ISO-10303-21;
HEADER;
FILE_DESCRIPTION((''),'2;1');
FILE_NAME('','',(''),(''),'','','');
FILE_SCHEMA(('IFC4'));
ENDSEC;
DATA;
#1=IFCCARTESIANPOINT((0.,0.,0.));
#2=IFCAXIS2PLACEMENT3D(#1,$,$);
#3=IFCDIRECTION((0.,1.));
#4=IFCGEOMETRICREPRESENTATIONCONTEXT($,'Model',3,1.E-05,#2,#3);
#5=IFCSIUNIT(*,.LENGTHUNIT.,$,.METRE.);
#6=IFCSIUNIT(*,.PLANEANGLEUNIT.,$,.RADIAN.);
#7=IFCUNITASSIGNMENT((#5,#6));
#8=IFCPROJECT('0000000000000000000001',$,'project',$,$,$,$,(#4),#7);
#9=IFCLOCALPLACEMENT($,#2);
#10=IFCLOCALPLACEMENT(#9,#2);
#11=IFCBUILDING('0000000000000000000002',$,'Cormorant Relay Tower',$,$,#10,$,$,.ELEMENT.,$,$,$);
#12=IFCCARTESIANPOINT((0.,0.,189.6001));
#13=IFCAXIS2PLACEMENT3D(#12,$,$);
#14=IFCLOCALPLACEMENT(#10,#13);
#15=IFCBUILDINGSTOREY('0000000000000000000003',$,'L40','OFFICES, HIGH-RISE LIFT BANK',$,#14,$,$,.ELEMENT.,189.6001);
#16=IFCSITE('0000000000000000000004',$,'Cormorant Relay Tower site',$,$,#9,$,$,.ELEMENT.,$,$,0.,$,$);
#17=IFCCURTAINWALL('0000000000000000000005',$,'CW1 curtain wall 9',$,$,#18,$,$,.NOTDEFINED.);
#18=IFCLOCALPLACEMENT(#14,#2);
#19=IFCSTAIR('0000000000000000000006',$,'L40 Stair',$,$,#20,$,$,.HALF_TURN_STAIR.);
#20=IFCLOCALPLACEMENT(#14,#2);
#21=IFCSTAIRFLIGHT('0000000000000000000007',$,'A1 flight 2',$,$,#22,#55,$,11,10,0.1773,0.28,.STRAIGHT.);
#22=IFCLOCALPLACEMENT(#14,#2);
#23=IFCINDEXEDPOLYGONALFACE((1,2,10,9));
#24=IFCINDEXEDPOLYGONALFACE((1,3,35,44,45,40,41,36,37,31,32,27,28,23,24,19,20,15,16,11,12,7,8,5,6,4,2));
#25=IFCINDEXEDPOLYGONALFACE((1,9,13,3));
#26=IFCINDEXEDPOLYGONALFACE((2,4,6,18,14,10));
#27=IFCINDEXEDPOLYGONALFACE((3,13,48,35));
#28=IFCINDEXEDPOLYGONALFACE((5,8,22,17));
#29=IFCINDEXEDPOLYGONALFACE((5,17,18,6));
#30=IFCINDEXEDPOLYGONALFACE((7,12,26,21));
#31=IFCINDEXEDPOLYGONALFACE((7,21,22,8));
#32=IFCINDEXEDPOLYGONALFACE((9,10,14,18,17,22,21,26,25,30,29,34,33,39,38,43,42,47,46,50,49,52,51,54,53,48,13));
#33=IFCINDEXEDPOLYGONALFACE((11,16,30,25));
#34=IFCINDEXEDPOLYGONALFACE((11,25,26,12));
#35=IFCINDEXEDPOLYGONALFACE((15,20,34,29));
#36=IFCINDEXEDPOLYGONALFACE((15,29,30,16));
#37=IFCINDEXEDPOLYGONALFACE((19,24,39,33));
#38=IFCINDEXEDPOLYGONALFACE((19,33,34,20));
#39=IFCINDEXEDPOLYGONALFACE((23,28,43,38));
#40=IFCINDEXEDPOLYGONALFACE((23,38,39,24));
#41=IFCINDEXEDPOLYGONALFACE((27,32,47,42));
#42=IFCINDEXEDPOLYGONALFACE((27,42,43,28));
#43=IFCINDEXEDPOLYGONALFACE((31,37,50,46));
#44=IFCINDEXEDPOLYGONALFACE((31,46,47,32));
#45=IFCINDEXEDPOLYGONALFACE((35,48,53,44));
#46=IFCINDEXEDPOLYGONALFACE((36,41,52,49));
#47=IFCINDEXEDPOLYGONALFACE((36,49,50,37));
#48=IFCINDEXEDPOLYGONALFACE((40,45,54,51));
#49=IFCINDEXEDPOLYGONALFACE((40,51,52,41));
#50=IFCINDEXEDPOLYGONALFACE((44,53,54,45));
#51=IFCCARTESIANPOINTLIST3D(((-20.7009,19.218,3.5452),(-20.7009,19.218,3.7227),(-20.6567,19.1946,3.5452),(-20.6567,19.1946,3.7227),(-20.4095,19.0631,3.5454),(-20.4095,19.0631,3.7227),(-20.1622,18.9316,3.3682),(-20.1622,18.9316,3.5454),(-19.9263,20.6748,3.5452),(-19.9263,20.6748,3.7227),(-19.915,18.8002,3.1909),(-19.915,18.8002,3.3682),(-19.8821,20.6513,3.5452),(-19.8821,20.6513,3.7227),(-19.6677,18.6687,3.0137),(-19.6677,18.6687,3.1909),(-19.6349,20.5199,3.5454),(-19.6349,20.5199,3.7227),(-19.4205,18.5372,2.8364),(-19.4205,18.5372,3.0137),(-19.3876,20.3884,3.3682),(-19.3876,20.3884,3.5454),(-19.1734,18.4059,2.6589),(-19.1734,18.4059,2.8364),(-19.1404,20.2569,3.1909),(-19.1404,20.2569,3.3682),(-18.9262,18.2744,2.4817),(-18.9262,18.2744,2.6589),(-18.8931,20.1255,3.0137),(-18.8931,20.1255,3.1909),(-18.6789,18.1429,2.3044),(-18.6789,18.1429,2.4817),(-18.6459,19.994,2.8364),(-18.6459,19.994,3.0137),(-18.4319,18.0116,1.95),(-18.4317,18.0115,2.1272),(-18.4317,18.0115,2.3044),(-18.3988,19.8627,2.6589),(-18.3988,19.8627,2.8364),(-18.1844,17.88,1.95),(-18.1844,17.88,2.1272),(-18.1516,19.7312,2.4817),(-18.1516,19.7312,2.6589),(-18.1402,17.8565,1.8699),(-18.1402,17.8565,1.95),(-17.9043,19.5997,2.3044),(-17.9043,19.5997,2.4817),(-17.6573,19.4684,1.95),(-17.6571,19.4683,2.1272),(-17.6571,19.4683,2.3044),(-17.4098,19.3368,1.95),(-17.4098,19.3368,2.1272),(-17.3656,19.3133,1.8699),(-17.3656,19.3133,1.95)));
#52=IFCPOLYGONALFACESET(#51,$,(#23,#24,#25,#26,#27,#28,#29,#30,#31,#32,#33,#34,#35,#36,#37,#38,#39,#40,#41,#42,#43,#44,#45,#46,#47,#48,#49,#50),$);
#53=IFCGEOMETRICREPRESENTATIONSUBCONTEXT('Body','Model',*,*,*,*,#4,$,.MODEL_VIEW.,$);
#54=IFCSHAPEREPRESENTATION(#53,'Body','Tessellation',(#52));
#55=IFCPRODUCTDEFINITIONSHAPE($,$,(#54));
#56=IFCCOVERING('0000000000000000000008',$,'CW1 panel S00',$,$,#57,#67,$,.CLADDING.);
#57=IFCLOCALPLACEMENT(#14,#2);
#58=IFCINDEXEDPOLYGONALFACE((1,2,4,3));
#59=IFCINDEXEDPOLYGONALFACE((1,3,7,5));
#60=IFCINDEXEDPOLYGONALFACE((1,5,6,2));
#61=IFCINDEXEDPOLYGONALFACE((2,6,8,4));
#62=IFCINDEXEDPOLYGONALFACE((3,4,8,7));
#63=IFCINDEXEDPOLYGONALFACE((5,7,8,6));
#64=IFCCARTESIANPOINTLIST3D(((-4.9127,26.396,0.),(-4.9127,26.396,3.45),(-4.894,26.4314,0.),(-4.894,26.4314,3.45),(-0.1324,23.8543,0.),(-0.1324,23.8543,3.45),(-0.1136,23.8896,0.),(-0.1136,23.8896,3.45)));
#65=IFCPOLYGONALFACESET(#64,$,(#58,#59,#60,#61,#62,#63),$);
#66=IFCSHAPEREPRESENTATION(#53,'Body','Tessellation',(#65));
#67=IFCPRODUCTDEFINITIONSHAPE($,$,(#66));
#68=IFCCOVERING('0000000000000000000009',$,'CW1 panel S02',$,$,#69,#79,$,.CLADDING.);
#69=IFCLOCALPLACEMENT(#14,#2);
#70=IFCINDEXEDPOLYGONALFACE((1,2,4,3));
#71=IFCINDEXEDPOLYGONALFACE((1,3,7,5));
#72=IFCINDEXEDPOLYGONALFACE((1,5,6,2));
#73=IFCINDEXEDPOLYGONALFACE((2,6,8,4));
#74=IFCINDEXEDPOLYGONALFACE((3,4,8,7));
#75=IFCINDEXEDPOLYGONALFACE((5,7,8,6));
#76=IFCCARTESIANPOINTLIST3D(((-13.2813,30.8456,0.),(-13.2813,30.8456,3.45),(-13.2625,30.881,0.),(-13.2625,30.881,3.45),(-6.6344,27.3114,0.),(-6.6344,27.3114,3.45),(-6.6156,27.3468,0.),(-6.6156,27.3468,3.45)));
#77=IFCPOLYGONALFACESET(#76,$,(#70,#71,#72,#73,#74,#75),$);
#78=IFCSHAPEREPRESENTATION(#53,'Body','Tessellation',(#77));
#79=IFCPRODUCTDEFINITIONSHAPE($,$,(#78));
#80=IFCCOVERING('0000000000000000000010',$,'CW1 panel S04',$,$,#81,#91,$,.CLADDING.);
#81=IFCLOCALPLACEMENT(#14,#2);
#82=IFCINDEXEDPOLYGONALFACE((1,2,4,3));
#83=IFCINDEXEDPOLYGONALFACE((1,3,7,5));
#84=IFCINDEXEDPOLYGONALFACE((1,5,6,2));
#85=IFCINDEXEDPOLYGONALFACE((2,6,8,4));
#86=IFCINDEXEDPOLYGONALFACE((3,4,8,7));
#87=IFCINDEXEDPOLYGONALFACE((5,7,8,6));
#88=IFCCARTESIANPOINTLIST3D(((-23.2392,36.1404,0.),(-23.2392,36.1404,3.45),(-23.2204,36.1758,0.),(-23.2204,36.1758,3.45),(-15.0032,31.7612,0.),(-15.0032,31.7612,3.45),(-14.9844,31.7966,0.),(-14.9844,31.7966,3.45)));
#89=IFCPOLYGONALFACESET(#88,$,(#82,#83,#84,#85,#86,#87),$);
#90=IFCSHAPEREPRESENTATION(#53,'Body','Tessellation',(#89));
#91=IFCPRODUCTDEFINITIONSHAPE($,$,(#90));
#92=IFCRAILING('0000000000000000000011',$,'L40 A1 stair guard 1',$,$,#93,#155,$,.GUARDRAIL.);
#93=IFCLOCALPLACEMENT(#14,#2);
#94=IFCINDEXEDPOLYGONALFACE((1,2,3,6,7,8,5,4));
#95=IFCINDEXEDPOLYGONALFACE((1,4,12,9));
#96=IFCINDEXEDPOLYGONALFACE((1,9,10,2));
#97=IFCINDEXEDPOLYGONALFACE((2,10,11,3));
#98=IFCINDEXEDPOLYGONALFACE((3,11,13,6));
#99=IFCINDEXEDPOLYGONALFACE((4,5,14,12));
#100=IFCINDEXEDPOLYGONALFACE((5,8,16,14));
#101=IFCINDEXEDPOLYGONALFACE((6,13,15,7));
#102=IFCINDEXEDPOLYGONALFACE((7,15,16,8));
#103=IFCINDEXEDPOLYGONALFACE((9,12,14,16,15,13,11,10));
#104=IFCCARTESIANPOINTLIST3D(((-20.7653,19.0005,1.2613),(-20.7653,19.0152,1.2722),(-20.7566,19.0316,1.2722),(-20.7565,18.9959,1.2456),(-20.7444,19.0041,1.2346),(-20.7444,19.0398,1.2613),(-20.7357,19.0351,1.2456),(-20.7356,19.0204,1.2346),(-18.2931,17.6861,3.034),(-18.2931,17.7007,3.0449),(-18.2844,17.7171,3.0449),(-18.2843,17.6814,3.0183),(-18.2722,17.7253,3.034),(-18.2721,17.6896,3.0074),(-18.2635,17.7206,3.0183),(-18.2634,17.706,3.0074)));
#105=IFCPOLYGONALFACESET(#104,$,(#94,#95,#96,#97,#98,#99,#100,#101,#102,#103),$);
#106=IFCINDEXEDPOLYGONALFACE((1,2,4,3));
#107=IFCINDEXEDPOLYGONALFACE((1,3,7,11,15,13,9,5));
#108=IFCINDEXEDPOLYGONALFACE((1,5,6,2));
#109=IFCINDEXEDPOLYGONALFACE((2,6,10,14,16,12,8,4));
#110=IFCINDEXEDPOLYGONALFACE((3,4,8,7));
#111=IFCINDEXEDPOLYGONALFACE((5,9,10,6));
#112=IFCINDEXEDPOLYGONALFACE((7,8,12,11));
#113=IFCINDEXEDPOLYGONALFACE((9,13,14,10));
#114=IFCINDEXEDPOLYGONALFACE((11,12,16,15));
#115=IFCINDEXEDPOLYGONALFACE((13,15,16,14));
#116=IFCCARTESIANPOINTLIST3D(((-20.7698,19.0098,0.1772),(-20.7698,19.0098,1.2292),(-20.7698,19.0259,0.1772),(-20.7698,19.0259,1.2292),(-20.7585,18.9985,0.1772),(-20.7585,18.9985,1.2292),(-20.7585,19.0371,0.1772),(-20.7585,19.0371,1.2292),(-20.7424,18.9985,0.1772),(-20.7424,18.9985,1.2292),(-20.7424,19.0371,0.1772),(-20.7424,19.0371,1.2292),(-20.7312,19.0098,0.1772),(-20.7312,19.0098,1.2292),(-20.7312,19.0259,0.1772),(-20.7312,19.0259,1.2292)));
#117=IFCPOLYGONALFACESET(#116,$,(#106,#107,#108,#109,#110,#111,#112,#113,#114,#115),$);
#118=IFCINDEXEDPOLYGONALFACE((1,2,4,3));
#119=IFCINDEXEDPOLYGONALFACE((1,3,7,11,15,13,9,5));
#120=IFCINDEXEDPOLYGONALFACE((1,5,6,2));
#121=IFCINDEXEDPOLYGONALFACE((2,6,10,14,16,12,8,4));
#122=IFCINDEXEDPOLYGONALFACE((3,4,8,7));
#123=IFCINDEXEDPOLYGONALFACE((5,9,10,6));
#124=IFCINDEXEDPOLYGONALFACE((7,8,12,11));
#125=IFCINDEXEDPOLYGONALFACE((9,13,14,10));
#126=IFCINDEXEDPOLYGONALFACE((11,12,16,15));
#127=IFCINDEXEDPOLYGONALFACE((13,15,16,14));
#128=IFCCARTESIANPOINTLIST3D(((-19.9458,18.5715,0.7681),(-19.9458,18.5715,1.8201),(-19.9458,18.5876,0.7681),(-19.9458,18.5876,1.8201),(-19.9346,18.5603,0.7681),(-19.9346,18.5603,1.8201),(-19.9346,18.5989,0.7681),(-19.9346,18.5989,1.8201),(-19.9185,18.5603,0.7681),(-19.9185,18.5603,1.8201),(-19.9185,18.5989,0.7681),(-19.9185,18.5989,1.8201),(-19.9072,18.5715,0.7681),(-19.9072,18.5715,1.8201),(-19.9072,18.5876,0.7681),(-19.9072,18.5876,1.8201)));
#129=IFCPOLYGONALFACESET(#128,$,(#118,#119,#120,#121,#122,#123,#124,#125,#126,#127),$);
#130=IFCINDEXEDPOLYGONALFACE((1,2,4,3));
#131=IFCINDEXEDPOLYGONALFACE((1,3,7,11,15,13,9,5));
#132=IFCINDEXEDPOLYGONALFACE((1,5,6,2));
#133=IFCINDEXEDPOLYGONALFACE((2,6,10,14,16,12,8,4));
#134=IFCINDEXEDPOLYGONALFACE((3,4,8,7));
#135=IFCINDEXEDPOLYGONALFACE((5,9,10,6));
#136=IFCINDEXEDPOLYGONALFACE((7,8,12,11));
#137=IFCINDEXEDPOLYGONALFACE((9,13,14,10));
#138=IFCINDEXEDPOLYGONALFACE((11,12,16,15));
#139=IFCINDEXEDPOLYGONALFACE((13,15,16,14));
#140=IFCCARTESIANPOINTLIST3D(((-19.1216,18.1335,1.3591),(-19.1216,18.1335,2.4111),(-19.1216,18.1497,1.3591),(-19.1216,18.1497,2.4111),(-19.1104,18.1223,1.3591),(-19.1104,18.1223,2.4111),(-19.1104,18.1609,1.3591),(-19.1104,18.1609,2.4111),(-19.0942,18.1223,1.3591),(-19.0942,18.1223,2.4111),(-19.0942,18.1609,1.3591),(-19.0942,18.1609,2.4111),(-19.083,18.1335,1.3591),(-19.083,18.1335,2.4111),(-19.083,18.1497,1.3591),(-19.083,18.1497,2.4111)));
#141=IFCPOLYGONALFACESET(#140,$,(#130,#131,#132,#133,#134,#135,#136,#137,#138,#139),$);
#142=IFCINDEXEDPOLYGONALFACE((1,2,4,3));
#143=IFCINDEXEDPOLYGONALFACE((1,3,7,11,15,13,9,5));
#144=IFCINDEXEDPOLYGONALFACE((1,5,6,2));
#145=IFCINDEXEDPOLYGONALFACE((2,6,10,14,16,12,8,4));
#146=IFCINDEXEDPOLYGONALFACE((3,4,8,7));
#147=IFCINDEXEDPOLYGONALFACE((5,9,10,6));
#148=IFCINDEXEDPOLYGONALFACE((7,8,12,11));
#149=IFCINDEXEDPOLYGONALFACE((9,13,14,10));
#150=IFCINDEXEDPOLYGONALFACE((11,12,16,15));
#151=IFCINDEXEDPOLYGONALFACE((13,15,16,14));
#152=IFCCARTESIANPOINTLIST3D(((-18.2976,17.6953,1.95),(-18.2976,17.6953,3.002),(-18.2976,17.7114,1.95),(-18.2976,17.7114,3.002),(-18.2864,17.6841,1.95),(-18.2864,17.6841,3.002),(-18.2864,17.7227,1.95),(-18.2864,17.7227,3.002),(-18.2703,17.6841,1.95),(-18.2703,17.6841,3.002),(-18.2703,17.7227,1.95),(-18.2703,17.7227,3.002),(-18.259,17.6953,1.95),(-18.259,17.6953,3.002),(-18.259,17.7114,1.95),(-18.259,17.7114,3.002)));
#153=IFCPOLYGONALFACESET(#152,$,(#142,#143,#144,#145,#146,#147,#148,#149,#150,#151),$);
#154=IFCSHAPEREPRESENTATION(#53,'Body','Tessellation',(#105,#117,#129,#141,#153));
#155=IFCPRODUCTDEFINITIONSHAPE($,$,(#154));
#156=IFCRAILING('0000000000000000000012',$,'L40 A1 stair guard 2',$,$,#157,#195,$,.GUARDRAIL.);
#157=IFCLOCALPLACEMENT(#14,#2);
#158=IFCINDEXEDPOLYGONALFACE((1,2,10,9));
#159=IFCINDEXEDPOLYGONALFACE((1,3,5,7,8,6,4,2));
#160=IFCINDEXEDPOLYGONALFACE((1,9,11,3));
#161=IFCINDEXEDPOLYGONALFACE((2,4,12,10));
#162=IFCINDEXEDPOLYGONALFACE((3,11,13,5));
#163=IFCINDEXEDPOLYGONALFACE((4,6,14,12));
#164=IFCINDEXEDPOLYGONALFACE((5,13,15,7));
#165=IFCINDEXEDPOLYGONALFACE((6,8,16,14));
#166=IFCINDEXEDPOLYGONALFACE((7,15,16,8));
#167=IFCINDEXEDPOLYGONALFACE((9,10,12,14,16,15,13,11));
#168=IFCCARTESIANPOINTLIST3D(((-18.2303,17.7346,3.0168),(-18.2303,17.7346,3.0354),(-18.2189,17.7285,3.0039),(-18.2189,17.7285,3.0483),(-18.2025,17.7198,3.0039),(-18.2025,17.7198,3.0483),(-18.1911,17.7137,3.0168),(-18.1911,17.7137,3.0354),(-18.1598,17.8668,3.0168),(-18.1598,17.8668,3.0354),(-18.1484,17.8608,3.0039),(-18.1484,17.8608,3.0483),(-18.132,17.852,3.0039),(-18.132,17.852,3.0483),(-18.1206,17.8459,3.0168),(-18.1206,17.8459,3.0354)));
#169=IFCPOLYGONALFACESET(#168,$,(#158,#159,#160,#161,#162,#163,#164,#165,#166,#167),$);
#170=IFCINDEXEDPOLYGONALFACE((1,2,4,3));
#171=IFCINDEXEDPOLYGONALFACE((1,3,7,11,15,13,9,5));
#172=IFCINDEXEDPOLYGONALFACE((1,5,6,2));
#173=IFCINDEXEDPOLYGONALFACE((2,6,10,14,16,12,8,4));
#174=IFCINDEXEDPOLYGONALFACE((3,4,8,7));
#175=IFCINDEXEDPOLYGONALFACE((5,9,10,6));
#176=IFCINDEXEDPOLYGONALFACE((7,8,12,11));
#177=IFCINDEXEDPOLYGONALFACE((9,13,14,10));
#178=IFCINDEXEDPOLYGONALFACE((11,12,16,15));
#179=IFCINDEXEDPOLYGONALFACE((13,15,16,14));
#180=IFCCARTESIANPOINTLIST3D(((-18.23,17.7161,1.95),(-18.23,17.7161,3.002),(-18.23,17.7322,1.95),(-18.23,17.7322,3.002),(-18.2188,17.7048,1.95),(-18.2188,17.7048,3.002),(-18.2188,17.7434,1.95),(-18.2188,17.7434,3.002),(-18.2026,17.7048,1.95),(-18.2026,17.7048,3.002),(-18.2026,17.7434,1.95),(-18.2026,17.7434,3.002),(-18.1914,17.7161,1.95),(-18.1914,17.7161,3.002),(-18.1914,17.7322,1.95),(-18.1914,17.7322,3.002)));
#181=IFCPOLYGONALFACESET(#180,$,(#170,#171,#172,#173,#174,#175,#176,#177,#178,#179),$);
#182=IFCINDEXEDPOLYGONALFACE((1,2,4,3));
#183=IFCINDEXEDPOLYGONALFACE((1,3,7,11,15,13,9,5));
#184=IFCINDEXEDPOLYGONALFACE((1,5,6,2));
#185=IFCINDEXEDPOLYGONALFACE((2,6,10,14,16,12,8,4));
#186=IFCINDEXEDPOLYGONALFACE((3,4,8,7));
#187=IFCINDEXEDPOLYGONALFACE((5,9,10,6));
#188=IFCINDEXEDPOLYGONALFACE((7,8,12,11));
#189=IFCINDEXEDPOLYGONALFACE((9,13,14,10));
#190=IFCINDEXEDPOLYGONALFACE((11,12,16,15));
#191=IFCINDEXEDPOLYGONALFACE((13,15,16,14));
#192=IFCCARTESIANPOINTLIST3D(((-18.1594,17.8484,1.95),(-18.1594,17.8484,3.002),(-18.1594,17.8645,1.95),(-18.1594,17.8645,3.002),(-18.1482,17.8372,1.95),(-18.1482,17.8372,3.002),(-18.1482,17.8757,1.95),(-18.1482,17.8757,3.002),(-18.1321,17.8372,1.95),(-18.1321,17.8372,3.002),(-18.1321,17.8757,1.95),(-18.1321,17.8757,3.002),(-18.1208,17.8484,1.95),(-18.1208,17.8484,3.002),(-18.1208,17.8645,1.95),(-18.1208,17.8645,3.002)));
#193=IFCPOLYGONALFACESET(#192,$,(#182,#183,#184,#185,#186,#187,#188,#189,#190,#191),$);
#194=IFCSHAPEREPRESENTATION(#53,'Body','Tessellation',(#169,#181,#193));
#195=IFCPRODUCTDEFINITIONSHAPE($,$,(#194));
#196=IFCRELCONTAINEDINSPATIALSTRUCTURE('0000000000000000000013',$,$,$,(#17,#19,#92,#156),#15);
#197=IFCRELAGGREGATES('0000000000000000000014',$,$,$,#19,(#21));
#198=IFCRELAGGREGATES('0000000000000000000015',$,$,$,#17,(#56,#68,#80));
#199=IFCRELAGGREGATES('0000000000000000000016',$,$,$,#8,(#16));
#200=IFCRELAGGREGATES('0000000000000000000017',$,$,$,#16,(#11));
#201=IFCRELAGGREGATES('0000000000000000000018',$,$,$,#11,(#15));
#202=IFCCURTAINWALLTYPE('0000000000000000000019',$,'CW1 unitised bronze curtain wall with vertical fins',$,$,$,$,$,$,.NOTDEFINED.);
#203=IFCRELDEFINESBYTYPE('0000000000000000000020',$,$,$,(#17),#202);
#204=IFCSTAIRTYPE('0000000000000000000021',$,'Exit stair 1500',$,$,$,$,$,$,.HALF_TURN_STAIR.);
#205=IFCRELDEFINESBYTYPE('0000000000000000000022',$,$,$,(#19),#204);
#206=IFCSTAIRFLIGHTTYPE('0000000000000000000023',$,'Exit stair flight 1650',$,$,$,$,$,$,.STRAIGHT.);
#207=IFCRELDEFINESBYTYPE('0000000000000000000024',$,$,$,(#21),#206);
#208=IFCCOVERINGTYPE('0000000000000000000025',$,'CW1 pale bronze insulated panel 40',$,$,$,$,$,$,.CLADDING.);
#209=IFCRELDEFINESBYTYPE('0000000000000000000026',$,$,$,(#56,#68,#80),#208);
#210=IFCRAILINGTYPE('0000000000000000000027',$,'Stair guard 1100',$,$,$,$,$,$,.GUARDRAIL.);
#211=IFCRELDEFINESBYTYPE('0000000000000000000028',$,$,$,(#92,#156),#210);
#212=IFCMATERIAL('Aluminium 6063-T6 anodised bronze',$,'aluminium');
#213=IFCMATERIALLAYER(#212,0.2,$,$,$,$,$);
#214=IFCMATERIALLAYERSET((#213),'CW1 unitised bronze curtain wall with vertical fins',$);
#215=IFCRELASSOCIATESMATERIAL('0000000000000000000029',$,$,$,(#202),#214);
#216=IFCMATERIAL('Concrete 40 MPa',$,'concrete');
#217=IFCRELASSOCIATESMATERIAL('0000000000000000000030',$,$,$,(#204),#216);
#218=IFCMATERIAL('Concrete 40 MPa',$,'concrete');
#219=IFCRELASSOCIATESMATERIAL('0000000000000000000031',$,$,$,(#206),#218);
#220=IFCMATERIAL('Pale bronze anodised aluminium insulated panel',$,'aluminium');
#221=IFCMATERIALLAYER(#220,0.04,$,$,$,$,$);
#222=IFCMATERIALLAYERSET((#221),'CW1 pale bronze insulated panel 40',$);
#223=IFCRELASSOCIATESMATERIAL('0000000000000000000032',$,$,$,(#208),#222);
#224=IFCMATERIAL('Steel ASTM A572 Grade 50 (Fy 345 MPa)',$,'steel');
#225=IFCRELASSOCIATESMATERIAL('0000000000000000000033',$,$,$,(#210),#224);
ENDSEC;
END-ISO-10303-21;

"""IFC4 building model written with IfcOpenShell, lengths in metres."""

from ifc_helpers import new_model, si_unit, direction, frame, origin, origin_2d, place, context, subcontext, project, spatial, polyline, rectangle, outline, extrude, material, layer, layer_set, type_object, element, aggregate, save


model = new_model("IFC4")

# Units and contexts
model_context = context("Model", 3, precision=1e-05, world=origin(), true_north=direction((0.0, 1.0)))
body_context = subcontext(model_context, "Body", "Model", "MODEL_VIEW")
ifc_project = project(units=[si_unit("LENGTHUNIT", "METRE"), si_unit("PLANEANGLEUNIT", "RADIAN")], contexts=[model_context])

# Site, building, storey
site_placement = place(None, origin())
site = spatial("IfcSite", under=ifc_project, at=site_placement, Name="Cormorant Relay Tower site", CompositionType="ELEMENT", RefElevation=0.0)
building_placement = place(site_placement, origin())
building = spatial("IfcBuilding", under=site, at=building_placement, Name="Cormorant Relay Tower", CompositionType="ELEMENT")
storey_placement = place(building_placement, frame((0.0, 0.0, 189.6001)))
storey = spatial("IfcBuildingStorey", under=building, at=storey_placement, Name="L40", Description="OFFICES, HIGH-RISE LIFT BANK", CompositionType="ELEMENT", Elevation=189.6001)

# Curtain wall
ifc_material_1 = material(Name="Aluminium 6063-T6 anodised bronze", Category="aluminium")
ifc_layer_1 = layer(ifc_material_1, 0.2)
ifc_layer_set_1 = layer_set([ifc_layer_1], Name="CW1 unitised bronze curtain wall with vertical fins")
curtain_wall_type = type_object("IfcCurtainWallType", Name="CW1 unitised bronze curtain wall with vertical fins", PredefinedType="NOTDEFINED", material=ifc_layer_set_1)
curtain_wall_placement = place(storey_placement, origin())
curtain_wall = element("IfcCurtainWall", 1, at=curtain_wall_placement, inside=storey, type_object=curtain_wall_type, Name="CW1 curtain wall 9", PredefinedType="NOTDEFINED")

# Stair, stair flight
ifc_material_2 = material(Name="Concrete 40 MPa", Category="concrete")
stair_type = type_object("IfcStairType", Name="Exit stair 1500", PredefinedType="HALF_TURN_STAIR", material=ifc_material_2)
stair_placement = place(storey_placement, origin())
stair = element("IfcStair", 2, at=stair_placement, inside=storey, type_object=stair_type, Name="L40 Stair", PredefinedType="HALF_TURN_STAIR")
ifc_material_3 = material(Name="Concrete 40 MPa", Category="concrete")
stair_flight_type = type_object("IfcStairFlightType", Name="Exit stair flight 1650", PredefinedType="STRAIGHT", material=ifc_material_3)
stair_flight_placement = place(storey_placement, frame((-17.7971, 18.6084, 1.95), z_axis=(0.0, 0.0, 1.0), x_axis=(-0.882948, 0.469472, 0.0)))
stair_flight = element("IfcStairFlight", 3, at=stair_flight_placement, type_object=stair_flight_type, Name="A1 flight 2", NumberOfRisers=11, NumberOfTreads=10, PredefinedType="STRAIGHT", RiserHeight=0.1773, TreadLength=0.28, context=body_context, shape_type="SweptSolid", body=[
    extrude(outline(polyline([(-0.05, -0.0801), (-0.05, 0.0), (0.0, 0.0), (0.0, 0.1772), (0.28, 0.1772), (0.28, 0.3545), (0.5601, 0.3545), (0.5601, 0.5317), (0.8401, 0.5317), (0.8401, 0.709), (1.1201, 0.709), (1.1201, 0.8865), (1.3999, 0.8865), (1.3999, 1.0637), (1.6799, 1.0637), (1.6799, 1.241), (1.96, 1.241), (1.96, 1.4182), (2.24, 1.4182), (2.24, 1.5955), (2.52, 1.5955), (2.52, 1.7727), (2.8, 1.7727), (2.8501, 1.7727), (2.8501, 1.5952), (2.8, 1.5952), (0.2803, 0.0), (-0.05, -0.0801)])), frame((0.0, 0.825, 0.0), z_axis=(0.0, -1.0, 0.0), x_axis=(1.0, 0.0, 0.0)), (0.0, 0.0, 1.0), 1.6499),
])
aggregate(stair, [stair_flight])

# Coverings
ifc_material_4 = material(Name="Pale bronze anodised aluminium insulated panel", Category="aluminium")
ifc_layer_2 = layer(ifc_material_4, 0.04)
ifc_layer_set_2 = layer_set([ifc_layer_2], Name="CW1 pale bronze insulated panel 40")
covering_type = type_object("IfcCoveringType", Name="CW1 pale bronze insulated panel 40", PredefinedType="CLADDING", material=ifc_layer_set_2)
covering_1_placement = place(storey_placement, frame((-2.5132, 25.1428, 0.0), z_axis=(0.0, 0.0, 1.0), x_axis=(-0.882948, 0.469472, 0.0)))
covering_1 = element("IfcCovering", 4, at=covering_1_placement, type_object=covering_type, Name="CW1 panel S00", PredefinedType="CLADDING", context=body_context, shape_type="SweptSolid", body=[
    extrude(rectangle(XDim=5.4141, YDim=0.04, at=origin_2d()), origin(), (0.0, 0.0, 1.0), 3.45),
])
covering_2_placement = place(storey_placement, frame((-9.9485, 29.0962, 0.0), z_axis=(0.0, 0.0, 1.0), x_axis=(-0.882948, 0.469472, 0.0)))
covering_2 = element("IfcCovering", 5, at=covering_2_placement, type_object=covering_type, Name="CW1 panel S02", PredefinedType="CLADDING", context=body_context, shape_type="SweptSolid", body=[
    extrude(rectangle(XDim=7.5281, YDim=0.04, at=origin_2d()), origin(), (0.0, 0.0, 1.0), 3.45),
])
covering_3_placement = place(storey_placement, frame((-19.1118, 33.9685, 0.0), z_axis=(0.0, 0.0, 1.0), x_axis=(-0.882948, 0.469472, 0.0)))
covering_3 = element("IfcCovering", 6, at=covering_3_placement, type_object=covering_type, Name="CW1 panel S04", PredefinedType="CLADDING", context=body_context, shape_type="SweptSolid", body=[
    extrude(rectangle(XDim=9.3279, YDim=0.04, at=origin_2d()), origin(), (0.0, 0.0, 1.0), 3.45),
])
aggregate(curtain_wall, [covering_1, covering_2, covering_3])

# Railings
ifc_material_5 = material(Name="Steel ASTM A572 Grade 50 (Fy 345 MPa)", Category="steel")
railing_type_1 = type_object("IfcRailingType", Name="Stair guard 1100", PredefinedType="GUARDRAIL", material=ifc_material_5)
railing_1_placement = place(storey_placement, frame((-20.7505, 19.0178, 0.1772)))
element("IfcRailing", 7, at=railing_1_placement, inside=storey, type_object=railing_type_1, Name="L40 A1 stair guard 1", PredefinedType="GUARDRAIL", context=body_context, shape_type="SweptSolid", body=[
    extrude(outline(polyline([(0.0222, 0.0093), (0.0093, 0.0222), (-0.0093, 0.0222), (-0.0222, 0.0093), (-0.0222, -0.0093), (-0.0093, -0.0222), (0.0093, -0.0222), (0.0222, -0.0093), (0.0222, 0.0093)])), frame((0.0, 0.0, 1.0762), z_axis=(0.746001, -0.396649, 0.534931), x_axis=(0.469465, 0.882951, 0.0)), (0.0, 0.0, 1.0), 3.314),
    extrude(outline(polyline([(0.0193, 0.0081), (0.0081, 0.0193), (-0.0081, 0.0193), (-0.0193, 0.0081), (-0.0193, -0.0081), (-0.0081, -0.0193), (0.0081, -0.0193), (0.0193, -0.0081), (0.0193, 0.0081)])), origin(), (0.0, 0.0, 1.0), 1.052),
    extrude(outline(polyline([(0.0193, 0.0081), (0.0081, 0.0193), (-0.0081, 0.0193), (-0.0193, 0.0081), (-0.0193, -0.0081), (-0.0081, -0.0193), (0.0081, -0.0193), (0.0193, -0.0081), (0.0193, 0.0081)])), frame((0.824, -0.4382, 0.5908)), (0.0, 0.0, 1.0), 1.052),
    extrude(outline(polyline([(0.0193, 0.0081), (0.0081, 0.0193), (-0.0081, 0.0193), (-0.0193, 0.0081), (-0.0193, -0.0081), (-0.0081, -0.0193), (0.0081, -0.0193), (0.0193, -0.0081), (0.0193, 0.0081)])), frame((1.6482, -0.8762, 1.1819)), (0.0, 0.0, 1.0), 1.052),
    extrude(outline(polyline([(0.0193, 0.0081), (0.0081, 0.0193), (-0.0081, 0.0193), (-0.0193, 0.0081), (-0.0193, -0.0081), (-0.0081, -0.0193), (0.0081, -0.0193), (0.0193, -0.0081), (0.0193, 0.0081)])), frame((2.4722, -1.3145, 1.7727)), (0.0, 0.0, 1.0), 1.052),
])
railing_2_placement = place(storey_placement, frame((-18.2107, 17.7241, 1.95)))
element("IfcRailing", 8, at=railing_2_placement, inside=storey, type_object=railing_type_1, Name="L40 A1 stair guard 2", PredefinedType="GUARDRAIL", context=body_context, shape_type="SweptSolid", body=[
    extrude(outline(polyline([(0.0222, 0.0093), (0.0093, 0.0222), (-0.0093, 0.0222), (-0.0222, 0.0093), (-0.0222, -0.0093), (-0.0093, -0.0222), (0.0093, -0.0222), (0.0222, -0.0093), (0.0222, 0.0093)])), frame((0.0, 0.0, 1.0762), z_axis=(0.470504, 0.882398, 0.0), x_axis=(-0.882398, 0.470504, 0.0)), (0.0, 0.0, 1.0), 0.1499),
    extrude(outline(polyline([(0.0193, 0.0081), (0.0081, 0.0193), (-0.0081, 0.0193), (-0.0193, 0.0081), (-0.0193, -0.0081), (-0.0081, -0.0193), (0.0081, -0.0193), (0.0193, -0.0081), (0.0193, 0.0081)])), origin(), (0.0, 0.0, 1.0), 1.052),
    extrude(outline(polyline([(0.0193, 0.0081), (0.0081, 0.0193), (-0.0081, 0.0193), (-0.0193, 0.0081), (-0.0193, -0.0081), (-0.0081, -0.0193), (0.0081, -0.0193), (0.0193, -0.0081), (0.0193, 0.0081)])), frame((0.0706, 0.1323, 0.0)), (0.0, 0.0, 1.0), 1.052),
])

save(model, "model.ifc")
